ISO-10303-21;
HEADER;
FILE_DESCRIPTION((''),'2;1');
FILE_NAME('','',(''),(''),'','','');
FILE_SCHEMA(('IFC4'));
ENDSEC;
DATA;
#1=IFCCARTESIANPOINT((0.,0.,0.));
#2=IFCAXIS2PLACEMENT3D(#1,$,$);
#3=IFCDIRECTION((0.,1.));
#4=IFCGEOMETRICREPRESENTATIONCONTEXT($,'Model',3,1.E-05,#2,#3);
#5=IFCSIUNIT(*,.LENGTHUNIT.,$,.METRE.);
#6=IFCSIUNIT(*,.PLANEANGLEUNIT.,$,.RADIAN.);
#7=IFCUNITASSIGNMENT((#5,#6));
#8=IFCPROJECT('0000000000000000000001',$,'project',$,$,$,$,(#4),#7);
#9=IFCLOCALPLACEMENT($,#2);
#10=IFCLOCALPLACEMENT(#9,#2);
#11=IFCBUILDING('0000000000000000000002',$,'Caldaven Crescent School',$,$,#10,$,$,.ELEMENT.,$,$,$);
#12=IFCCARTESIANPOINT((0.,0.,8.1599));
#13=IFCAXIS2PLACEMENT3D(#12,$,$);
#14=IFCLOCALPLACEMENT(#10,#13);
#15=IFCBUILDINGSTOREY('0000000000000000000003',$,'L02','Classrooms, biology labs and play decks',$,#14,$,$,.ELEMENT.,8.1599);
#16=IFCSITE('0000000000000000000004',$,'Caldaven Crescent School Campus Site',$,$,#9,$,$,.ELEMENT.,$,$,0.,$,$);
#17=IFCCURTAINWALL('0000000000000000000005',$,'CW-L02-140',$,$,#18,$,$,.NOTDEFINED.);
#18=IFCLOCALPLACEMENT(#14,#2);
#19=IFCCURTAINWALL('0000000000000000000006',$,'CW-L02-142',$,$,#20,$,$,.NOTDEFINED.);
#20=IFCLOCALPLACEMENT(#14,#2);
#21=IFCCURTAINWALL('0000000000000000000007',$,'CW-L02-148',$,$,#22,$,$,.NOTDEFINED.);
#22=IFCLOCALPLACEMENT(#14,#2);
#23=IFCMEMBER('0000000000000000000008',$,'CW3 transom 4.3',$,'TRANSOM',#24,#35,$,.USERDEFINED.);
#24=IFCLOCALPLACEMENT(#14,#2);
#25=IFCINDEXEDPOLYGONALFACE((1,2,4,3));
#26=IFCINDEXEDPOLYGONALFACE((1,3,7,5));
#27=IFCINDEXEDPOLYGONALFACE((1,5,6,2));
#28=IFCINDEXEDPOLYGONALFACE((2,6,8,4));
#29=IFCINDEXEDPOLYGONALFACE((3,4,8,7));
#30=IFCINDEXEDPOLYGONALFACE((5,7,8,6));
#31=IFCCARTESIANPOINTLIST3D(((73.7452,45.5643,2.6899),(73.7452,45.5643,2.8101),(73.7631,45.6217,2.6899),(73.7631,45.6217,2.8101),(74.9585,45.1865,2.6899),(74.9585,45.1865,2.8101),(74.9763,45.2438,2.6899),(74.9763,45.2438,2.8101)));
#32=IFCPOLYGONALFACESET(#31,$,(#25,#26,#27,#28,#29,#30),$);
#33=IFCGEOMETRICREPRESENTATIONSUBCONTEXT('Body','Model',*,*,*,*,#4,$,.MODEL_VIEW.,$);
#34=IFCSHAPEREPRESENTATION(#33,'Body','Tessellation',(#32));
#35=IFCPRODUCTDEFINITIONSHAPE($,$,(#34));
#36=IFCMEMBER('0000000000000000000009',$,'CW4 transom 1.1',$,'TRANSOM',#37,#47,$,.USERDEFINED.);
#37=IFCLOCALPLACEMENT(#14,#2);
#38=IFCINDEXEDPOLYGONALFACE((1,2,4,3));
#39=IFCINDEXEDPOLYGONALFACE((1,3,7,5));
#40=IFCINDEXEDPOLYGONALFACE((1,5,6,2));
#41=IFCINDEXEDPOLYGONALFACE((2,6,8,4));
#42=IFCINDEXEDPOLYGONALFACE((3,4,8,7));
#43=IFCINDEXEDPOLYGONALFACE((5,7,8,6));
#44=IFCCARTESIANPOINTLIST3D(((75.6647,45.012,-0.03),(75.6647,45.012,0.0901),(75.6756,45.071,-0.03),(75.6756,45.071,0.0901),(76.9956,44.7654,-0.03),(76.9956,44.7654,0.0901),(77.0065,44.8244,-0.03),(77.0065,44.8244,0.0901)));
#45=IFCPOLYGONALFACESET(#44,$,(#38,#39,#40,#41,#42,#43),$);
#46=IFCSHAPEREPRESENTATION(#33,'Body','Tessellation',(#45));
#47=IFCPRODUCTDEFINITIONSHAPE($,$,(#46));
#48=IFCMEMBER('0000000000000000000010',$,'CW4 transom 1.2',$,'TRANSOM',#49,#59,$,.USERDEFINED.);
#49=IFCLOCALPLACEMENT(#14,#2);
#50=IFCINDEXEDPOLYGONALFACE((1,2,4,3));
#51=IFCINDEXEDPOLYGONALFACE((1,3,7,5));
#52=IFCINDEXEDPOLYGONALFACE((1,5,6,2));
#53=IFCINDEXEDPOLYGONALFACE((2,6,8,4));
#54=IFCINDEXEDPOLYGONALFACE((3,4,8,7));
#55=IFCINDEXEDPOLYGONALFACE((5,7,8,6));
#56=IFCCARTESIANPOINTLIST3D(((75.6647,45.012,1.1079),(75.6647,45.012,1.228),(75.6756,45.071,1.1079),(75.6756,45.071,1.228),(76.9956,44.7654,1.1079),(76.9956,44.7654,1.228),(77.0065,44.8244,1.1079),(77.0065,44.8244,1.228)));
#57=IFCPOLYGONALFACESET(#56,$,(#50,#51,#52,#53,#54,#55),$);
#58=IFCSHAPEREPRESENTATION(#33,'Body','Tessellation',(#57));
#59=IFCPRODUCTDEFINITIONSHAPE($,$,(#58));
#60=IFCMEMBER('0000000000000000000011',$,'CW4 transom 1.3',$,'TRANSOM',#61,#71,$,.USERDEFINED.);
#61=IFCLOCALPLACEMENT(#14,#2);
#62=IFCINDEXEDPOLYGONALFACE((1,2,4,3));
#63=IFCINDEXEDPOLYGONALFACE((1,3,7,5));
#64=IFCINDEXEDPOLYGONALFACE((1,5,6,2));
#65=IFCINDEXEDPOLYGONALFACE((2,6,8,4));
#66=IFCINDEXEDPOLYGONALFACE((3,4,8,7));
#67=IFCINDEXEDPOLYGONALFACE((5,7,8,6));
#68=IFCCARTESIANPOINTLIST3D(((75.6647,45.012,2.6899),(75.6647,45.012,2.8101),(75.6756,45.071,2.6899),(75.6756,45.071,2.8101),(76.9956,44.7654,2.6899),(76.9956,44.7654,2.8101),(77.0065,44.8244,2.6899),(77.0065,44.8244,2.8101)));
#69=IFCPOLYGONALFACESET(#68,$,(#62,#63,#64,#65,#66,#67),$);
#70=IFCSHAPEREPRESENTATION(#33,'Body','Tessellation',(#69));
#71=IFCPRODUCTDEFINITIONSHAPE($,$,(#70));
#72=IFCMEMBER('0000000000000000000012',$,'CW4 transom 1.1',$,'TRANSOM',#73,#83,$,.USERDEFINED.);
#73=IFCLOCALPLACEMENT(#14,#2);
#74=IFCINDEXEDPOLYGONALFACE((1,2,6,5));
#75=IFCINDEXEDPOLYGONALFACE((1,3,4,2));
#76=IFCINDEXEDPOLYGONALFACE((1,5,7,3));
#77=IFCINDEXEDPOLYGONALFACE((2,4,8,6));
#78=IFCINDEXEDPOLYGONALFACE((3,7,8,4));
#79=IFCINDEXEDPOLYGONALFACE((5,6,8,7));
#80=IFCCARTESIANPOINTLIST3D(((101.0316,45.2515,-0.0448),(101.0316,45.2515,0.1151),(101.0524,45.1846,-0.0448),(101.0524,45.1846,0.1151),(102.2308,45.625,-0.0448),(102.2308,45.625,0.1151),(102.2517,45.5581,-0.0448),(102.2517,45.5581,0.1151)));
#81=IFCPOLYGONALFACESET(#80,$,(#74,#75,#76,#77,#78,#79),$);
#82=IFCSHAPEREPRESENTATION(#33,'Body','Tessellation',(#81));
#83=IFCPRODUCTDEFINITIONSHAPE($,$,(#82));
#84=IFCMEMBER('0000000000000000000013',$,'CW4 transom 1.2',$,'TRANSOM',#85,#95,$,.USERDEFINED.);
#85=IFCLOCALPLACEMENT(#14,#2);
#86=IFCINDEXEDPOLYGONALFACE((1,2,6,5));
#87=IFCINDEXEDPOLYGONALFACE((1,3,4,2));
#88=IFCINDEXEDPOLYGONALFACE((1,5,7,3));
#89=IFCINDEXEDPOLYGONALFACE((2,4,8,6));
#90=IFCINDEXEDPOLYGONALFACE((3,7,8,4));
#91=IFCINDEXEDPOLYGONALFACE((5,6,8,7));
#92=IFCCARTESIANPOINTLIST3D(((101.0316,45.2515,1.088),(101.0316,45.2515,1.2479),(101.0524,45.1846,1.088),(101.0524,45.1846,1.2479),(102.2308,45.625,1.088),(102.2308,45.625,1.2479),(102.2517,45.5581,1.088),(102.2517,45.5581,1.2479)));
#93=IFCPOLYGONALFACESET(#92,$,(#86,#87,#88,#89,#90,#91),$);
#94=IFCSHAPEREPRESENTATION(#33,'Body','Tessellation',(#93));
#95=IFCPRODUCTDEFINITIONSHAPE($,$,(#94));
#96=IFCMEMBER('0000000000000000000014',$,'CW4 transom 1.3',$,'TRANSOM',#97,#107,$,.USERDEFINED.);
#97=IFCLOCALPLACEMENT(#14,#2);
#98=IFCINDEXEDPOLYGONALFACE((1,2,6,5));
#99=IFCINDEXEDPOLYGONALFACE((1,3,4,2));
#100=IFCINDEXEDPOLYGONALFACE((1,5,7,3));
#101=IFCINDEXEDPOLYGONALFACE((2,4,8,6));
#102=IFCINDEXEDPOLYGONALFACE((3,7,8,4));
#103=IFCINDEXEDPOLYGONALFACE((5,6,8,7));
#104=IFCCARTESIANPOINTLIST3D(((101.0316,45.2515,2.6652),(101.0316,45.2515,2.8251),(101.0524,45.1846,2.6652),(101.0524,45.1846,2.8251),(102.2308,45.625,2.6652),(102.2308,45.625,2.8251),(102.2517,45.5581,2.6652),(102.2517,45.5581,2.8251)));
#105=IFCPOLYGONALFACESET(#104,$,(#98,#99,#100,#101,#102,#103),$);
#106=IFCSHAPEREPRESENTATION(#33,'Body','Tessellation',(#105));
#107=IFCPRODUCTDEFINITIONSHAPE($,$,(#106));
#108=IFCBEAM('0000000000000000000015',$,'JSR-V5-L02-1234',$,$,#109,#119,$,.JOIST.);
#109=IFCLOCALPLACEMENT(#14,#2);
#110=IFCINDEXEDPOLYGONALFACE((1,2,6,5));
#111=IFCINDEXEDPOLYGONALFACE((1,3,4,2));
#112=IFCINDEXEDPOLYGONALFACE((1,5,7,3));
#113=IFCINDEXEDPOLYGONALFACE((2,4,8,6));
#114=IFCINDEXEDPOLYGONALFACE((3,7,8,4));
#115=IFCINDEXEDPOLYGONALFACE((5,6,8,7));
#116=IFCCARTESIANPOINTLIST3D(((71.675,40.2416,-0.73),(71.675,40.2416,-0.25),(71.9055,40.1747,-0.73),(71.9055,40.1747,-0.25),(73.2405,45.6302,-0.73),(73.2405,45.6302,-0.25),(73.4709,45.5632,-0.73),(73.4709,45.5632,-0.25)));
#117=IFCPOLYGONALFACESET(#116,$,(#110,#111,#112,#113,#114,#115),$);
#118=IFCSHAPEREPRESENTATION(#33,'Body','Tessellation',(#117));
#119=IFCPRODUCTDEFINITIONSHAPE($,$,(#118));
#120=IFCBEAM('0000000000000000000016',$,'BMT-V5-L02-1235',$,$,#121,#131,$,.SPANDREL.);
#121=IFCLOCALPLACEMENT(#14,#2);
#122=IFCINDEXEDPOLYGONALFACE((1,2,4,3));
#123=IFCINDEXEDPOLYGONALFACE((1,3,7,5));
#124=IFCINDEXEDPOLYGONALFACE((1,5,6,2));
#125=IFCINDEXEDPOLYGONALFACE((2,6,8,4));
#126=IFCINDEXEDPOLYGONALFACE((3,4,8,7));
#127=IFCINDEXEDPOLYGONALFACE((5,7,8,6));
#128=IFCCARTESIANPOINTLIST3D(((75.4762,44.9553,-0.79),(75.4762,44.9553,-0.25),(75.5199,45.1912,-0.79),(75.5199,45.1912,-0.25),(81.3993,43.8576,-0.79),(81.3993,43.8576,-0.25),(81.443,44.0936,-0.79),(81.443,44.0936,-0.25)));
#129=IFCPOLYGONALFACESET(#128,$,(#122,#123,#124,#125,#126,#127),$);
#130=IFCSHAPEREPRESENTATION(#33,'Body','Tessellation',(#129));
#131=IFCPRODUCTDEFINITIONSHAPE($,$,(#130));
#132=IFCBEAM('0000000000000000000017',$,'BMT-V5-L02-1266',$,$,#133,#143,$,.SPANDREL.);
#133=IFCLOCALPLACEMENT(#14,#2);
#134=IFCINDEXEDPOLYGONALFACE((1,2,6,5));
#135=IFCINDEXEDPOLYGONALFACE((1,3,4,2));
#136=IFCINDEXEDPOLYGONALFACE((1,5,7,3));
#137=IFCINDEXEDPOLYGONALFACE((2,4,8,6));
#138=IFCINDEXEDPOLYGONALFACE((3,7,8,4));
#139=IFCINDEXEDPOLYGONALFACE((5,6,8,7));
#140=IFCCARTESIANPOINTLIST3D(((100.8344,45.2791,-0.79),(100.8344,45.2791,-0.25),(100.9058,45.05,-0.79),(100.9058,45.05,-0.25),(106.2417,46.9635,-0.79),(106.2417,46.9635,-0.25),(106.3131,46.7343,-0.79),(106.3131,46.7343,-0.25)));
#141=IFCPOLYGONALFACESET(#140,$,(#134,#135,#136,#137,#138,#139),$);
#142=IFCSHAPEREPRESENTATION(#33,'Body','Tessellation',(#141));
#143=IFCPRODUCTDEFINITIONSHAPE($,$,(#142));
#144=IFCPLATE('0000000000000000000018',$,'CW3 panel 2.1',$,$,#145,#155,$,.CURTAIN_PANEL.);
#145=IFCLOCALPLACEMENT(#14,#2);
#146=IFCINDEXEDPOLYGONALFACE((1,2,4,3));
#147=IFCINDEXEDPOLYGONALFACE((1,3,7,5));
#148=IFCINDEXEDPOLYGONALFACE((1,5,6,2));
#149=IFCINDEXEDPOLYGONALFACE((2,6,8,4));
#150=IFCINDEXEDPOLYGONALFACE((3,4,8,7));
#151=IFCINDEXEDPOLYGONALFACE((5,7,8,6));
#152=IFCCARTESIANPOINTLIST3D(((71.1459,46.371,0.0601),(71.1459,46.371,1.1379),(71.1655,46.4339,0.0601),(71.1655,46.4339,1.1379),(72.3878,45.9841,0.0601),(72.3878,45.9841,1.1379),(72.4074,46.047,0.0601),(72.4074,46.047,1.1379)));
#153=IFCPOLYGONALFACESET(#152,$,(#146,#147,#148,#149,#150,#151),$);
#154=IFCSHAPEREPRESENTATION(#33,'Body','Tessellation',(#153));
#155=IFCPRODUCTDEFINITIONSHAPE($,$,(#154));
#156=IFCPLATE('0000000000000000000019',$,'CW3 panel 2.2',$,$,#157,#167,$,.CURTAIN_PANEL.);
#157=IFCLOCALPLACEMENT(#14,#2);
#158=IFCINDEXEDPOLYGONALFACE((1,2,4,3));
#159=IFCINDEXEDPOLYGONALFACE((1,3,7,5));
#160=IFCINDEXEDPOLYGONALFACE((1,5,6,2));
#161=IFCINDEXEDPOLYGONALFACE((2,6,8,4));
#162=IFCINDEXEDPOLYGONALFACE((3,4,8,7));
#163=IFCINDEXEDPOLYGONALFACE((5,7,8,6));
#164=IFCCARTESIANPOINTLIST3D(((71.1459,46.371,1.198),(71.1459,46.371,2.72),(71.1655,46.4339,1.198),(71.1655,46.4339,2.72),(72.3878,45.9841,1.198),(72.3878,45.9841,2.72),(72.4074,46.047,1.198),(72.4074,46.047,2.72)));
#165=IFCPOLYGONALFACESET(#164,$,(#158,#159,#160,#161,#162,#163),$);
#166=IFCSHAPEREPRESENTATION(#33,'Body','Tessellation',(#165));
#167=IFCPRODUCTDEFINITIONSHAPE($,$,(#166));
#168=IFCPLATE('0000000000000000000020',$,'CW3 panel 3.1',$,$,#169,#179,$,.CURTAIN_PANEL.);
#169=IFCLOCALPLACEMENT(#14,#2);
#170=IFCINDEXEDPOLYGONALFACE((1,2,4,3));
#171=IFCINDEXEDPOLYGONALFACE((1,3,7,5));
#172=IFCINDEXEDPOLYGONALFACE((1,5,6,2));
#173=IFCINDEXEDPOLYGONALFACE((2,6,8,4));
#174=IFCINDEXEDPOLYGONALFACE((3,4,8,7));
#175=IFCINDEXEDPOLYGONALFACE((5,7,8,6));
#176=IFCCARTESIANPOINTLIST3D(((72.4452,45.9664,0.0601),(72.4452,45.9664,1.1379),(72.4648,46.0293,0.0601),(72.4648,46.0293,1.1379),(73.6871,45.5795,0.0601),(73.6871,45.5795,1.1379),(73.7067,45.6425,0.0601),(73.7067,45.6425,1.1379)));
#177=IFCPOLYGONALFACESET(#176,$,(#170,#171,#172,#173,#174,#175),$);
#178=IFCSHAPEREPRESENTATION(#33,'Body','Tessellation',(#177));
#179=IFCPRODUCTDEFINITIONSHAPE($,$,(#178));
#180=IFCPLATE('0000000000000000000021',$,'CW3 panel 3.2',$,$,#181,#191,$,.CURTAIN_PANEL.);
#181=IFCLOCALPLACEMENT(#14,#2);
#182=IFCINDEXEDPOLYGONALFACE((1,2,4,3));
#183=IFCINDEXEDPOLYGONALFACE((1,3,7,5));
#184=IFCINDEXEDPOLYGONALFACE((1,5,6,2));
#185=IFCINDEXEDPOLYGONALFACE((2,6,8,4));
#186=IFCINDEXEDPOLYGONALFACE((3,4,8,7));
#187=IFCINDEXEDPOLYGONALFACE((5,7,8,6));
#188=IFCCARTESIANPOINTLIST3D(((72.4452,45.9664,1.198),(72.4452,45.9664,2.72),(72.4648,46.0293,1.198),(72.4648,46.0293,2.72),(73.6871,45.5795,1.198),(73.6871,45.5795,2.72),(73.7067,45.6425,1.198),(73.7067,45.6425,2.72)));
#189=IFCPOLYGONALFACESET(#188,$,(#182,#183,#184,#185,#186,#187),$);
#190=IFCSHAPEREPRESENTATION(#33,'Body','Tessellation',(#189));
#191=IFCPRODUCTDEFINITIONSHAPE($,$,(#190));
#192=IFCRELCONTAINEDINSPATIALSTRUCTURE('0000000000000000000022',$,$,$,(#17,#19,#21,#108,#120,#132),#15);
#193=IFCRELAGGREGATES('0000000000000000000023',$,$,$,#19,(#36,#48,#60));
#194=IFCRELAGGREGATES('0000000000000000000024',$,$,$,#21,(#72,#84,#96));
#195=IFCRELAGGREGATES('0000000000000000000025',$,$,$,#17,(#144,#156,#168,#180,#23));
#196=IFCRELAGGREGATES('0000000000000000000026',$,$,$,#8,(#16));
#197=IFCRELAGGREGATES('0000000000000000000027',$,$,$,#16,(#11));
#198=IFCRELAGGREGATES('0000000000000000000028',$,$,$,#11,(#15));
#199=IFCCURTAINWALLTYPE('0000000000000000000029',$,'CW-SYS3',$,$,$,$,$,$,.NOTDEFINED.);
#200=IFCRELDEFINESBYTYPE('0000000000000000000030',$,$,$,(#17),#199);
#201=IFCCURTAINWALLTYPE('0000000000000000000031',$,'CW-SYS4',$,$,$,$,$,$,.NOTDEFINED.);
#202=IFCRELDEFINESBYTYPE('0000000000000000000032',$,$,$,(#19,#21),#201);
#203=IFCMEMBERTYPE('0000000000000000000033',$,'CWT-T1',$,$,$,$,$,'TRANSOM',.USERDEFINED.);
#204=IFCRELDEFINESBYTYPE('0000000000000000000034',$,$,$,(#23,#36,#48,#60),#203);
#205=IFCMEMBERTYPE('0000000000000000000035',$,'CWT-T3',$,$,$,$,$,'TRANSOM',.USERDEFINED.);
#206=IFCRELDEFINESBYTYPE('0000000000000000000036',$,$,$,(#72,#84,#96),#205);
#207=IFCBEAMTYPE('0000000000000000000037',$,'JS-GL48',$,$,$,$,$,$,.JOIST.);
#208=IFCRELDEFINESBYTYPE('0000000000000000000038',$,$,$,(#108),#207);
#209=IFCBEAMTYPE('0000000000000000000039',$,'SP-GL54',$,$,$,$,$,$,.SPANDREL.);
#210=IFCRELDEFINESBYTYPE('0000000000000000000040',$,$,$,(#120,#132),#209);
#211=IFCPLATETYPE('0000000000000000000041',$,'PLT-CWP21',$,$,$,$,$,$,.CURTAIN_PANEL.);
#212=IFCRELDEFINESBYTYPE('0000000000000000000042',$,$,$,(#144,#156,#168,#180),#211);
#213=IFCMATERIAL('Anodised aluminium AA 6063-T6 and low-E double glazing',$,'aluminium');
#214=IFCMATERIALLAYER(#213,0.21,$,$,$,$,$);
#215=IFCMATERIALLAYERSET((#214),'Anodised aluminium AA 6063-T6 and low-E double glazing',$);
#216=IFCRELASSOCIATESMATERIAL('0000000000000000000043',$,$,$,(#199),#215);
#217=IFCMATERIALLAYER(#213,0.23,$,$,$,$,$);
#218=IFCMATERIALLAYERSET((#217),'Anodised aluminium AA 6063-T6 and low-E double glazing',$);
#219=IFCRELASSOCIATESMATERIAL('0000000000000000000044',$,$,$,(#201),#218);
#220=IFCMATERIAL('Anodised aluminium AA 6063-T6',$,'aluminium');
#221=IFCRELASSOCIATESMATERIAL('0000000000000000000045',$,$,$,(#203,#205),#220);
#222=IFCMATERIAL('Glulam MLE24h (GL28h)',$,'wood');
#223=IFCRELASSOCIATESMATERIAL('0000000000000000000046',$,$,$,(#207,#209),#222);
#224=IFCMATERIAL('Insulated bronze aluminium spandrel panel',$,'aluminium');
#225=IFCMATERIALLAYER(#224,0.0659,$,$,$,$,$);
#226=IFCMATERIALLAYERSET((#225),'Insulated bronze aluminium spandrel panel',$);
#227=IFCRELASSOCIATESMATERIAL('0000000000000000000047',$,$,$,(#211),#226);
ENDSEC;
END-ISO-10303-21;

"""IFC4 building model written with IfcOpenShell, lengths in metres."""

from ifc_helpers import new_model, si_unit, direction, frame, origin, origin_2d, place, context, subcontext, project, spatial, rectangle, extrude, material, layer, layer_set, material_profile, profile_set, type_object, element, aggregate, save


model = new_model("IFC4")

# Units and contexts
model_context = context("Model", 3, precision=1e-05, world=origin(), true_north=direction((0.0, 1.0)))
body_context = subcontext(model_context, "Body", "Model", "MODEL_VIEW")
ifc_project = project(units=[si_unit("LENGTHUNIT", "METRE"), si_unit("PLANEANGLEUNIT", "RADIAN")], contexts=[model_context])

# Site, building, storey
site_placement = place(None, origin())
site = spatial("IfcSite", under=ifc_project, at=site_placement, Name="Caldaven Crescent School Campus Site", CompositionType="ELEMENT", RefElevation=0.0)
building_placement = place(site_placement, origin())
building = spatial("IfcBuilding", under=site, at=building_placement, Name="Caldaven Crescent School", CompositionType="ELEMENT")
storey_placement = place(building_placement, frame((0.0, 0.0, 8.1599)))
storey = spatial("IfcBuildingStorey", under=building, at=storey_placement, Name="L02", Description="Classrooms, biology labs and play decks", CompositionType="ELEMENT", Elevation=8.1599)

# Shared definitions
ifc_material_1 = material(Name="Glulam MLE24h (GL28h)", Category="wood")

# Curtain wall
ifc_material_2 = material(Name="Anodised aluminium AA 6063-T6 and low-E double glazing", Category="aluminium")
ifc_layer_1 = layer(ifc_material_2, 0.21)
ifc_layer_set_1 = layer_set([ifc_layer_1], Name="Anodised aluminium AA 6063-T6 and low-E double glazing")
curtain_wall_type_1 = type_object("IfcCurtainWallType", Name="CW-SYS3", PredefinedType="NOTDEFINED", material=ifc_layer_set_1)
curtain_wall_1_placement = place(storey_placement, origin())
curtain_wall_1 = element("IfcCurtainWall", 1, at=curtain_wall_1_placement, inside=storey, type_object=curtain_wall_type_1, Name="CW-L02-140", PredefinedType="NOTDEFINED")
ifc_material_3 = material(Name="Anodised aluminium AA 6063-T6", Category="aluminium")

# Curtain walls
ifc_layer_2 = layer(ifc_material_2, 0.23)
ifc_layer_set_2 = layer_set([ifc_layer_2], Name="Anodised aluminium AA 6063-T6 and low-E double glazing")
curtain_wall_type_2 = type_object("IfcCurtainWallType", Name="CW-SYS4", PredefinedType="NOTDEFINED", material=ifc_layer_set_2)
curtain_wall_2_placement = place(storey_placement, origin())
curtain_wall_2 = element("IfcCurtainWall", 2, at=curtain_wall_2_placement, inside=storey, type_object=curtain_wall_type_2, Name="CW-L02-142", PredefinedType="NOTDEFINED")
curtain_wall_3_placement = place(storey_placement, origin())
curtain_wall_3 = element("IfcCurtainWall", 3, at=curtain_wall_3_placement, inside=storey, type_object=curtain_wall_type_2, Name="CW-L02-148", PredefinedType="NOTDEFINED")

# Members
ifc_material_profile_1 = material_profile(ifc_material_3, rectangle(XDim=0.0601, YDim=0.1201, at=origin_2d()), Name="CWT 60x120")
ifc_profile_set_1 = profile_set([ifc_material_profile_1], Name="Anodised aluminium AA 6063-T6")
member_type_1 = type_object("IfcMemberType", Name="CWT-T1", ElementType="TRANSOM", PredefinedType="USERDEFINED", material=ifc_profile_set_1)
member_1_placement = place(storey_placement, frame((73.7542, 45.593, 2.75), z_axis=(0.95476, -0.297378, 0.0), x_axis=(0.297378, 0.95476, 0.0)))
member_1 = element("IfcMember", 4, at=member_1_placement, type_object=member_type_1, Name="CW3 transom 4.3", ObjectType="TRANSOM", PredefinedType="USERDEFINED", context=body_context, shape_type="SweptSolid", body=[
    extrude(rectangle(XDim=0.0601, YDim=0.1201, at=origin_2d()), origin(), (0.0, 0.0, 1.0), 1.2708),
])
member_2_placement = place(storey_placement, frame((75.6702, 45.0415, 0.03), z_axis=(0.983264, -0.182186, 0.0), x_axis=(0.182186, 0.983264, 0.0)))
member_2 = element("IfcMember", 5, at=member_2_placement, type_object=member_type_1, Name="CW4 transom 1.1", ObjectType="TRANSOM", PredefinedType="USERDEFINED", context=body_context, shape_type="SweptSolid", body=[
    extrude(rectangle(XDim=0.0601, YDim=0.1201, at=origin_2d()), origin(), (0.0, 0.0, 1.0), 1.3535),
])
member_3_placement = place(storey_placement, frame((75.6702, 45.0415, 1.168), z_axis=(0.983264, -0.182186, 0.0), x_axis=(0.182186, 0.983264, 0.0)))
member_3 = element("IfcMember", 6, at=member_3_placement, type_object=member_type_1, Name="CW4 transom 1.2", ObjectType="TRANSOM", PredefinedType="USERDEFINED", context=body_context, shape_type="SweptSolid", body=[
    extrude(rectangle(XDim=0.0601, YDim=0.1201, at=origin_2d()), origin(), (0.0, 0.0, 1.0), 1.3535),
])
member_4_placement = place(storey_placement, frame((75.6702, 45.0415, 2.75), z_axis=(0.983264, -0.182186, 0.0), x_axis=(0.182186, 0.983264, 0.0)))
member_4 = element("IfcMember", 7, at=member_4_placement, type_object=member_type_1, Name="CW4 transom 1.3", ObjectType="TRANSOM", PredefinedType="USERDEFINED", context=body_context, shape_type="SweptSolid", body=[
    extrude(rectangle(XDim=0.0601, YDim=0.1201, at=origin_2d()), origin(), (0.0, 0.0, 1.0), 1.3535),
])
aggregate(curtain_wall_2, [member_2, member_3, member_4])
ifc_material_profile_2 = material_profile(ifc_material_3, rectangle(XDim=0.0701, YDim=0.1599, at=origin_2d()), Name="CWT 70x160")
ifc_profile_set_2 = profile_set([ifc_material_profile_2], Name="Anodised aluminium AA 6063-T6")
member_type_2 = type_object("IfcMemberType", Name="CWT-T3", ElementType="TRANSOM", PredefinedType="USERDEFINED", material=ifc_profile_set_2)
member_5_placement = place(storey_placement, frame((101.042, 45.218, 0.0352), z_axis=(0.954756, 0.297389, 0.0), x_axis=(-0.297389, 0.954756, 0.0)))
member_5 = element("IfcMember", 8, at=member_5_placement, type_object=member_type_2, Name="CW4 transom 1.1", ObjectType="TRANSOM", PredefinedType="USERDEFINED", context=body_context, shape_type="SweptSolid", body=[
    extrude(rectangle(XDim=0.0701, YDim=0.1599, at=origin_2d()), origin(), (0.0, 0.0, 1.0), 1.2561),
])
member_6_placement = place(storey_placement, frame((101.042, 45.218, 1.168), z_axis=(0.954756, 0.297389, 0.0), x_axis=(-0.297389, 0.954756, 0.0)))
member_6 = element("IfcMember", 9, at=member_6_placement, type_object=member_type_2, Name="CW4 transom 1.2", ObjectType="TRANSOM", PredefinedType="USERDEFINED", context=body_context, shape_type="SweptSolid", body=[
    extrude(rectangle(XDim=0.0701, YDim=0.1599, at=origin_2d()), origin(), (0.0, 0.0, 1.0), 1.2561),
])
member_7_placement = place(storey_placement, frame((101.042, 45.218, 2.7451), z_axis=(0.954756, 0.297389, 0.0), x_axis=(-0.297389, 0.954756, 0.0)))
member_7 = element("IfcMember", 10, at=member_7_placement, type_object=member_type_2, Name="CW4 transom 1.3", ObjectType="TRANSOM", PredefinedType="USERDEFINED", context=body_context, shape_type="SweptSolid", body=[
    extrude(rectangle(XDim=0.0701, YDim=0.1599, at=origin_2d()), origin(), (0.0, 0.0, 1.0), 1.2561),
])
aggregate(curtain_wall_3, [member_5, member_6, member_7])

# Beams
ifc_material_profile_3 = material_profile(ifc_material_1, rectangle(XDim=0.24, YDim=0.48, at=origin_2d()), Name="MLE 240x480")
ifc_profile_set_3 = profile_set([ifc_material_profile_3], Name="Glulam MLE24h (GL28h)")
beam_type_1 = type_object("IfcBeamType", Name="JS-GL48", PredefinedType="JOIST", material=ifc_profile_set_3)
beam_1_placement = place(storey_placement, frame((73.3557, 45.5967, -0.49), z_axis=(-0.278982, -0.960296, 0.0), x_axis=(0.960296, -0.278982, 0.0)))
element("IfcBeam", 11, at=beam_1_placement, inside=storey, type_object=beam_type_1, Name="JSR-V5-L02-1234", PredefinedType="JOIST", context=body_context, shape_type="SweptSolid", body=[
    extrude(rectangle(XDim=0.24, YDim=0.48, at=origin_2d()), origin(), (0.0, 0.0, 1.0), 5.6113),
])
ifc_material_profile_4 = material_profile(ifc_material_1, rectangle(XDim=0.24, YDim=0.54, at=origin_2d()), Name="MLE 240x540")
ifc_profile_set_4 = profile_set([ifc_material_profile_4], Name="Glulam MLE24h (GL28h)")
beam_type_2 = type_object("IfcBeamType", Name="SP-GL54", PredefinedType="SPANDREL", material=ifc_profile_set_4)
beam_2_placement = place(storey_placement, frame((75.498, 45.0732, -0.52), z_axis=(0.983259, -0.182216, 0.0), x_axis=(0.182216, 0.983259, 0.0)))
element("IfcBeam", 12, at=beam_2_placement, inside=storey, type_object=beam_type_2, Name="BMT-V5-L02-1235", PredefinedType="SPANDREL", context=body_context, shape_type="SweptSolid", body=[
    extrude(rectangle(XDim=0.24, YDim=0.54, at=origin_2d()), origin(), (0.0, 0.0, 1.0), 6.0239),
])
beam_3_placement = place(storey_placement, frame((100.8701, 45.1646, -0.52), z_axis=(0.954753, 0.297401, 0.0), x_axis=(-0.297401, 0.954753, 0.0)))
element("IfcBeam", 13, at=beam_3_placement, inside=storey, type_object=beam_type_2, Name="BMT-V5-L02-1266", PredefinedType="SPANDREL", context=body_context, shape_type="SweptSolid", body=[
    extrude(rectangle(XDim=0.24, YDim=0.54, at=origin_2d()), origin(), (0.0, 0.0, 1.0), 5.6636),
])

# Plates
ifc_material_4 = material(Name="Insulated bronze aluminium spandrel panel", Category="aluminium")
ifc_layer_3 = layer(ifc_material_4, 0.0659)
ifc_layer_set_3 = layer_set([ifc_layer_3], Name="Insulated bronze aluminium spandrel panel")
plate_type = type_object("IfcPlateType", Name="PLT-CWP21", PredefinedType="CURTAIN_PANEL", material=ifc_layer_set_3)
plate_1_placement = place(storey_placement, frame((71.7766, 46.209, 0.0601), z_axis=(0.0, 0.0, 1.0), x_axis=(0.954747, -0.29742, 0.0)))
plate_1 = element("IfcPlate", 14, at=plate_1_placement, type_object=plate_type, Name="CW3 panel 2.1", PredefinedType="CURTAIN_PANEL", context=body_context, shape_type="SweptSolid", body=[
    extrude(rectangle(XDim=1.3008, YDim=0.0659, at=origin_2d()), origin(), (0.0, 0.0, 1.0), 1.0779),
])
plate_2_placement = place(storey_placement, frame((71.7766, 46.209, 1.198), z_axis=(0.0, 0.0, 1.0), x_axis=(0.954747, -0.29742, 0.0)))
plate_2 = element("IfcPlate", 15, at=plate_2_placement, type_object=plate_type, Name="CW3 panel 2.2", PredefinedType="CURTAIN_PANEL", context=body_context, shape_type="SweptSolid", body=[
    extrude(rectangle(XDim=1.3008, YDim=0.0659, at=origin_2d()), origin(), (0.0, 0.0, 1.0), 1.522),
])
plate_3_placement = place(storey_placement, frame((73.0759, 45.8044, 0.0601), z_axis=(0.0, 0.0, 1.0), x_axis=(0.954747, -0.29742, 0.0)))
plate_3 = element("IfcPlate", 16, at=plate_3_placement, type_object=plate_type, Name="CW3 panel 3.1", PredefinedType="CURTAIN_PANEL", context=body_context, shape_type="SweptSolid", body=[
    extrude(rectangle(XDim=1.3008, YDim=0.0659, at=origin_2d()), origin(), (0.0, 0.0, 1.0), 1.0779),
])
plate_4_placement = place(storey_placement, frame((73.0759, 45.8044, 1.198), z_axis=(0.0, 0.0, 1.0), x_axis=(0.954747, -0.29742, 0.0)))
plate_4 = element("IfcPlate", 17, at=plate_4_placement, type_object=plate_type, Name="CW3 panel 3.2", PredefinedType="CURTAIN_PANEL", context=body_context, shape_type="SweptSolid", body=[
    extrude(rectangle(XDim=1.3008, YDim=0.0659, at=origin_2d()), origin(), (0.0, 0.0, 1.0), 1.522),
])
aggregate(curtain_wall_1, [plate_1, plate_2, plate_3, plate_4, member_1])

save(model, "model.ifc")
